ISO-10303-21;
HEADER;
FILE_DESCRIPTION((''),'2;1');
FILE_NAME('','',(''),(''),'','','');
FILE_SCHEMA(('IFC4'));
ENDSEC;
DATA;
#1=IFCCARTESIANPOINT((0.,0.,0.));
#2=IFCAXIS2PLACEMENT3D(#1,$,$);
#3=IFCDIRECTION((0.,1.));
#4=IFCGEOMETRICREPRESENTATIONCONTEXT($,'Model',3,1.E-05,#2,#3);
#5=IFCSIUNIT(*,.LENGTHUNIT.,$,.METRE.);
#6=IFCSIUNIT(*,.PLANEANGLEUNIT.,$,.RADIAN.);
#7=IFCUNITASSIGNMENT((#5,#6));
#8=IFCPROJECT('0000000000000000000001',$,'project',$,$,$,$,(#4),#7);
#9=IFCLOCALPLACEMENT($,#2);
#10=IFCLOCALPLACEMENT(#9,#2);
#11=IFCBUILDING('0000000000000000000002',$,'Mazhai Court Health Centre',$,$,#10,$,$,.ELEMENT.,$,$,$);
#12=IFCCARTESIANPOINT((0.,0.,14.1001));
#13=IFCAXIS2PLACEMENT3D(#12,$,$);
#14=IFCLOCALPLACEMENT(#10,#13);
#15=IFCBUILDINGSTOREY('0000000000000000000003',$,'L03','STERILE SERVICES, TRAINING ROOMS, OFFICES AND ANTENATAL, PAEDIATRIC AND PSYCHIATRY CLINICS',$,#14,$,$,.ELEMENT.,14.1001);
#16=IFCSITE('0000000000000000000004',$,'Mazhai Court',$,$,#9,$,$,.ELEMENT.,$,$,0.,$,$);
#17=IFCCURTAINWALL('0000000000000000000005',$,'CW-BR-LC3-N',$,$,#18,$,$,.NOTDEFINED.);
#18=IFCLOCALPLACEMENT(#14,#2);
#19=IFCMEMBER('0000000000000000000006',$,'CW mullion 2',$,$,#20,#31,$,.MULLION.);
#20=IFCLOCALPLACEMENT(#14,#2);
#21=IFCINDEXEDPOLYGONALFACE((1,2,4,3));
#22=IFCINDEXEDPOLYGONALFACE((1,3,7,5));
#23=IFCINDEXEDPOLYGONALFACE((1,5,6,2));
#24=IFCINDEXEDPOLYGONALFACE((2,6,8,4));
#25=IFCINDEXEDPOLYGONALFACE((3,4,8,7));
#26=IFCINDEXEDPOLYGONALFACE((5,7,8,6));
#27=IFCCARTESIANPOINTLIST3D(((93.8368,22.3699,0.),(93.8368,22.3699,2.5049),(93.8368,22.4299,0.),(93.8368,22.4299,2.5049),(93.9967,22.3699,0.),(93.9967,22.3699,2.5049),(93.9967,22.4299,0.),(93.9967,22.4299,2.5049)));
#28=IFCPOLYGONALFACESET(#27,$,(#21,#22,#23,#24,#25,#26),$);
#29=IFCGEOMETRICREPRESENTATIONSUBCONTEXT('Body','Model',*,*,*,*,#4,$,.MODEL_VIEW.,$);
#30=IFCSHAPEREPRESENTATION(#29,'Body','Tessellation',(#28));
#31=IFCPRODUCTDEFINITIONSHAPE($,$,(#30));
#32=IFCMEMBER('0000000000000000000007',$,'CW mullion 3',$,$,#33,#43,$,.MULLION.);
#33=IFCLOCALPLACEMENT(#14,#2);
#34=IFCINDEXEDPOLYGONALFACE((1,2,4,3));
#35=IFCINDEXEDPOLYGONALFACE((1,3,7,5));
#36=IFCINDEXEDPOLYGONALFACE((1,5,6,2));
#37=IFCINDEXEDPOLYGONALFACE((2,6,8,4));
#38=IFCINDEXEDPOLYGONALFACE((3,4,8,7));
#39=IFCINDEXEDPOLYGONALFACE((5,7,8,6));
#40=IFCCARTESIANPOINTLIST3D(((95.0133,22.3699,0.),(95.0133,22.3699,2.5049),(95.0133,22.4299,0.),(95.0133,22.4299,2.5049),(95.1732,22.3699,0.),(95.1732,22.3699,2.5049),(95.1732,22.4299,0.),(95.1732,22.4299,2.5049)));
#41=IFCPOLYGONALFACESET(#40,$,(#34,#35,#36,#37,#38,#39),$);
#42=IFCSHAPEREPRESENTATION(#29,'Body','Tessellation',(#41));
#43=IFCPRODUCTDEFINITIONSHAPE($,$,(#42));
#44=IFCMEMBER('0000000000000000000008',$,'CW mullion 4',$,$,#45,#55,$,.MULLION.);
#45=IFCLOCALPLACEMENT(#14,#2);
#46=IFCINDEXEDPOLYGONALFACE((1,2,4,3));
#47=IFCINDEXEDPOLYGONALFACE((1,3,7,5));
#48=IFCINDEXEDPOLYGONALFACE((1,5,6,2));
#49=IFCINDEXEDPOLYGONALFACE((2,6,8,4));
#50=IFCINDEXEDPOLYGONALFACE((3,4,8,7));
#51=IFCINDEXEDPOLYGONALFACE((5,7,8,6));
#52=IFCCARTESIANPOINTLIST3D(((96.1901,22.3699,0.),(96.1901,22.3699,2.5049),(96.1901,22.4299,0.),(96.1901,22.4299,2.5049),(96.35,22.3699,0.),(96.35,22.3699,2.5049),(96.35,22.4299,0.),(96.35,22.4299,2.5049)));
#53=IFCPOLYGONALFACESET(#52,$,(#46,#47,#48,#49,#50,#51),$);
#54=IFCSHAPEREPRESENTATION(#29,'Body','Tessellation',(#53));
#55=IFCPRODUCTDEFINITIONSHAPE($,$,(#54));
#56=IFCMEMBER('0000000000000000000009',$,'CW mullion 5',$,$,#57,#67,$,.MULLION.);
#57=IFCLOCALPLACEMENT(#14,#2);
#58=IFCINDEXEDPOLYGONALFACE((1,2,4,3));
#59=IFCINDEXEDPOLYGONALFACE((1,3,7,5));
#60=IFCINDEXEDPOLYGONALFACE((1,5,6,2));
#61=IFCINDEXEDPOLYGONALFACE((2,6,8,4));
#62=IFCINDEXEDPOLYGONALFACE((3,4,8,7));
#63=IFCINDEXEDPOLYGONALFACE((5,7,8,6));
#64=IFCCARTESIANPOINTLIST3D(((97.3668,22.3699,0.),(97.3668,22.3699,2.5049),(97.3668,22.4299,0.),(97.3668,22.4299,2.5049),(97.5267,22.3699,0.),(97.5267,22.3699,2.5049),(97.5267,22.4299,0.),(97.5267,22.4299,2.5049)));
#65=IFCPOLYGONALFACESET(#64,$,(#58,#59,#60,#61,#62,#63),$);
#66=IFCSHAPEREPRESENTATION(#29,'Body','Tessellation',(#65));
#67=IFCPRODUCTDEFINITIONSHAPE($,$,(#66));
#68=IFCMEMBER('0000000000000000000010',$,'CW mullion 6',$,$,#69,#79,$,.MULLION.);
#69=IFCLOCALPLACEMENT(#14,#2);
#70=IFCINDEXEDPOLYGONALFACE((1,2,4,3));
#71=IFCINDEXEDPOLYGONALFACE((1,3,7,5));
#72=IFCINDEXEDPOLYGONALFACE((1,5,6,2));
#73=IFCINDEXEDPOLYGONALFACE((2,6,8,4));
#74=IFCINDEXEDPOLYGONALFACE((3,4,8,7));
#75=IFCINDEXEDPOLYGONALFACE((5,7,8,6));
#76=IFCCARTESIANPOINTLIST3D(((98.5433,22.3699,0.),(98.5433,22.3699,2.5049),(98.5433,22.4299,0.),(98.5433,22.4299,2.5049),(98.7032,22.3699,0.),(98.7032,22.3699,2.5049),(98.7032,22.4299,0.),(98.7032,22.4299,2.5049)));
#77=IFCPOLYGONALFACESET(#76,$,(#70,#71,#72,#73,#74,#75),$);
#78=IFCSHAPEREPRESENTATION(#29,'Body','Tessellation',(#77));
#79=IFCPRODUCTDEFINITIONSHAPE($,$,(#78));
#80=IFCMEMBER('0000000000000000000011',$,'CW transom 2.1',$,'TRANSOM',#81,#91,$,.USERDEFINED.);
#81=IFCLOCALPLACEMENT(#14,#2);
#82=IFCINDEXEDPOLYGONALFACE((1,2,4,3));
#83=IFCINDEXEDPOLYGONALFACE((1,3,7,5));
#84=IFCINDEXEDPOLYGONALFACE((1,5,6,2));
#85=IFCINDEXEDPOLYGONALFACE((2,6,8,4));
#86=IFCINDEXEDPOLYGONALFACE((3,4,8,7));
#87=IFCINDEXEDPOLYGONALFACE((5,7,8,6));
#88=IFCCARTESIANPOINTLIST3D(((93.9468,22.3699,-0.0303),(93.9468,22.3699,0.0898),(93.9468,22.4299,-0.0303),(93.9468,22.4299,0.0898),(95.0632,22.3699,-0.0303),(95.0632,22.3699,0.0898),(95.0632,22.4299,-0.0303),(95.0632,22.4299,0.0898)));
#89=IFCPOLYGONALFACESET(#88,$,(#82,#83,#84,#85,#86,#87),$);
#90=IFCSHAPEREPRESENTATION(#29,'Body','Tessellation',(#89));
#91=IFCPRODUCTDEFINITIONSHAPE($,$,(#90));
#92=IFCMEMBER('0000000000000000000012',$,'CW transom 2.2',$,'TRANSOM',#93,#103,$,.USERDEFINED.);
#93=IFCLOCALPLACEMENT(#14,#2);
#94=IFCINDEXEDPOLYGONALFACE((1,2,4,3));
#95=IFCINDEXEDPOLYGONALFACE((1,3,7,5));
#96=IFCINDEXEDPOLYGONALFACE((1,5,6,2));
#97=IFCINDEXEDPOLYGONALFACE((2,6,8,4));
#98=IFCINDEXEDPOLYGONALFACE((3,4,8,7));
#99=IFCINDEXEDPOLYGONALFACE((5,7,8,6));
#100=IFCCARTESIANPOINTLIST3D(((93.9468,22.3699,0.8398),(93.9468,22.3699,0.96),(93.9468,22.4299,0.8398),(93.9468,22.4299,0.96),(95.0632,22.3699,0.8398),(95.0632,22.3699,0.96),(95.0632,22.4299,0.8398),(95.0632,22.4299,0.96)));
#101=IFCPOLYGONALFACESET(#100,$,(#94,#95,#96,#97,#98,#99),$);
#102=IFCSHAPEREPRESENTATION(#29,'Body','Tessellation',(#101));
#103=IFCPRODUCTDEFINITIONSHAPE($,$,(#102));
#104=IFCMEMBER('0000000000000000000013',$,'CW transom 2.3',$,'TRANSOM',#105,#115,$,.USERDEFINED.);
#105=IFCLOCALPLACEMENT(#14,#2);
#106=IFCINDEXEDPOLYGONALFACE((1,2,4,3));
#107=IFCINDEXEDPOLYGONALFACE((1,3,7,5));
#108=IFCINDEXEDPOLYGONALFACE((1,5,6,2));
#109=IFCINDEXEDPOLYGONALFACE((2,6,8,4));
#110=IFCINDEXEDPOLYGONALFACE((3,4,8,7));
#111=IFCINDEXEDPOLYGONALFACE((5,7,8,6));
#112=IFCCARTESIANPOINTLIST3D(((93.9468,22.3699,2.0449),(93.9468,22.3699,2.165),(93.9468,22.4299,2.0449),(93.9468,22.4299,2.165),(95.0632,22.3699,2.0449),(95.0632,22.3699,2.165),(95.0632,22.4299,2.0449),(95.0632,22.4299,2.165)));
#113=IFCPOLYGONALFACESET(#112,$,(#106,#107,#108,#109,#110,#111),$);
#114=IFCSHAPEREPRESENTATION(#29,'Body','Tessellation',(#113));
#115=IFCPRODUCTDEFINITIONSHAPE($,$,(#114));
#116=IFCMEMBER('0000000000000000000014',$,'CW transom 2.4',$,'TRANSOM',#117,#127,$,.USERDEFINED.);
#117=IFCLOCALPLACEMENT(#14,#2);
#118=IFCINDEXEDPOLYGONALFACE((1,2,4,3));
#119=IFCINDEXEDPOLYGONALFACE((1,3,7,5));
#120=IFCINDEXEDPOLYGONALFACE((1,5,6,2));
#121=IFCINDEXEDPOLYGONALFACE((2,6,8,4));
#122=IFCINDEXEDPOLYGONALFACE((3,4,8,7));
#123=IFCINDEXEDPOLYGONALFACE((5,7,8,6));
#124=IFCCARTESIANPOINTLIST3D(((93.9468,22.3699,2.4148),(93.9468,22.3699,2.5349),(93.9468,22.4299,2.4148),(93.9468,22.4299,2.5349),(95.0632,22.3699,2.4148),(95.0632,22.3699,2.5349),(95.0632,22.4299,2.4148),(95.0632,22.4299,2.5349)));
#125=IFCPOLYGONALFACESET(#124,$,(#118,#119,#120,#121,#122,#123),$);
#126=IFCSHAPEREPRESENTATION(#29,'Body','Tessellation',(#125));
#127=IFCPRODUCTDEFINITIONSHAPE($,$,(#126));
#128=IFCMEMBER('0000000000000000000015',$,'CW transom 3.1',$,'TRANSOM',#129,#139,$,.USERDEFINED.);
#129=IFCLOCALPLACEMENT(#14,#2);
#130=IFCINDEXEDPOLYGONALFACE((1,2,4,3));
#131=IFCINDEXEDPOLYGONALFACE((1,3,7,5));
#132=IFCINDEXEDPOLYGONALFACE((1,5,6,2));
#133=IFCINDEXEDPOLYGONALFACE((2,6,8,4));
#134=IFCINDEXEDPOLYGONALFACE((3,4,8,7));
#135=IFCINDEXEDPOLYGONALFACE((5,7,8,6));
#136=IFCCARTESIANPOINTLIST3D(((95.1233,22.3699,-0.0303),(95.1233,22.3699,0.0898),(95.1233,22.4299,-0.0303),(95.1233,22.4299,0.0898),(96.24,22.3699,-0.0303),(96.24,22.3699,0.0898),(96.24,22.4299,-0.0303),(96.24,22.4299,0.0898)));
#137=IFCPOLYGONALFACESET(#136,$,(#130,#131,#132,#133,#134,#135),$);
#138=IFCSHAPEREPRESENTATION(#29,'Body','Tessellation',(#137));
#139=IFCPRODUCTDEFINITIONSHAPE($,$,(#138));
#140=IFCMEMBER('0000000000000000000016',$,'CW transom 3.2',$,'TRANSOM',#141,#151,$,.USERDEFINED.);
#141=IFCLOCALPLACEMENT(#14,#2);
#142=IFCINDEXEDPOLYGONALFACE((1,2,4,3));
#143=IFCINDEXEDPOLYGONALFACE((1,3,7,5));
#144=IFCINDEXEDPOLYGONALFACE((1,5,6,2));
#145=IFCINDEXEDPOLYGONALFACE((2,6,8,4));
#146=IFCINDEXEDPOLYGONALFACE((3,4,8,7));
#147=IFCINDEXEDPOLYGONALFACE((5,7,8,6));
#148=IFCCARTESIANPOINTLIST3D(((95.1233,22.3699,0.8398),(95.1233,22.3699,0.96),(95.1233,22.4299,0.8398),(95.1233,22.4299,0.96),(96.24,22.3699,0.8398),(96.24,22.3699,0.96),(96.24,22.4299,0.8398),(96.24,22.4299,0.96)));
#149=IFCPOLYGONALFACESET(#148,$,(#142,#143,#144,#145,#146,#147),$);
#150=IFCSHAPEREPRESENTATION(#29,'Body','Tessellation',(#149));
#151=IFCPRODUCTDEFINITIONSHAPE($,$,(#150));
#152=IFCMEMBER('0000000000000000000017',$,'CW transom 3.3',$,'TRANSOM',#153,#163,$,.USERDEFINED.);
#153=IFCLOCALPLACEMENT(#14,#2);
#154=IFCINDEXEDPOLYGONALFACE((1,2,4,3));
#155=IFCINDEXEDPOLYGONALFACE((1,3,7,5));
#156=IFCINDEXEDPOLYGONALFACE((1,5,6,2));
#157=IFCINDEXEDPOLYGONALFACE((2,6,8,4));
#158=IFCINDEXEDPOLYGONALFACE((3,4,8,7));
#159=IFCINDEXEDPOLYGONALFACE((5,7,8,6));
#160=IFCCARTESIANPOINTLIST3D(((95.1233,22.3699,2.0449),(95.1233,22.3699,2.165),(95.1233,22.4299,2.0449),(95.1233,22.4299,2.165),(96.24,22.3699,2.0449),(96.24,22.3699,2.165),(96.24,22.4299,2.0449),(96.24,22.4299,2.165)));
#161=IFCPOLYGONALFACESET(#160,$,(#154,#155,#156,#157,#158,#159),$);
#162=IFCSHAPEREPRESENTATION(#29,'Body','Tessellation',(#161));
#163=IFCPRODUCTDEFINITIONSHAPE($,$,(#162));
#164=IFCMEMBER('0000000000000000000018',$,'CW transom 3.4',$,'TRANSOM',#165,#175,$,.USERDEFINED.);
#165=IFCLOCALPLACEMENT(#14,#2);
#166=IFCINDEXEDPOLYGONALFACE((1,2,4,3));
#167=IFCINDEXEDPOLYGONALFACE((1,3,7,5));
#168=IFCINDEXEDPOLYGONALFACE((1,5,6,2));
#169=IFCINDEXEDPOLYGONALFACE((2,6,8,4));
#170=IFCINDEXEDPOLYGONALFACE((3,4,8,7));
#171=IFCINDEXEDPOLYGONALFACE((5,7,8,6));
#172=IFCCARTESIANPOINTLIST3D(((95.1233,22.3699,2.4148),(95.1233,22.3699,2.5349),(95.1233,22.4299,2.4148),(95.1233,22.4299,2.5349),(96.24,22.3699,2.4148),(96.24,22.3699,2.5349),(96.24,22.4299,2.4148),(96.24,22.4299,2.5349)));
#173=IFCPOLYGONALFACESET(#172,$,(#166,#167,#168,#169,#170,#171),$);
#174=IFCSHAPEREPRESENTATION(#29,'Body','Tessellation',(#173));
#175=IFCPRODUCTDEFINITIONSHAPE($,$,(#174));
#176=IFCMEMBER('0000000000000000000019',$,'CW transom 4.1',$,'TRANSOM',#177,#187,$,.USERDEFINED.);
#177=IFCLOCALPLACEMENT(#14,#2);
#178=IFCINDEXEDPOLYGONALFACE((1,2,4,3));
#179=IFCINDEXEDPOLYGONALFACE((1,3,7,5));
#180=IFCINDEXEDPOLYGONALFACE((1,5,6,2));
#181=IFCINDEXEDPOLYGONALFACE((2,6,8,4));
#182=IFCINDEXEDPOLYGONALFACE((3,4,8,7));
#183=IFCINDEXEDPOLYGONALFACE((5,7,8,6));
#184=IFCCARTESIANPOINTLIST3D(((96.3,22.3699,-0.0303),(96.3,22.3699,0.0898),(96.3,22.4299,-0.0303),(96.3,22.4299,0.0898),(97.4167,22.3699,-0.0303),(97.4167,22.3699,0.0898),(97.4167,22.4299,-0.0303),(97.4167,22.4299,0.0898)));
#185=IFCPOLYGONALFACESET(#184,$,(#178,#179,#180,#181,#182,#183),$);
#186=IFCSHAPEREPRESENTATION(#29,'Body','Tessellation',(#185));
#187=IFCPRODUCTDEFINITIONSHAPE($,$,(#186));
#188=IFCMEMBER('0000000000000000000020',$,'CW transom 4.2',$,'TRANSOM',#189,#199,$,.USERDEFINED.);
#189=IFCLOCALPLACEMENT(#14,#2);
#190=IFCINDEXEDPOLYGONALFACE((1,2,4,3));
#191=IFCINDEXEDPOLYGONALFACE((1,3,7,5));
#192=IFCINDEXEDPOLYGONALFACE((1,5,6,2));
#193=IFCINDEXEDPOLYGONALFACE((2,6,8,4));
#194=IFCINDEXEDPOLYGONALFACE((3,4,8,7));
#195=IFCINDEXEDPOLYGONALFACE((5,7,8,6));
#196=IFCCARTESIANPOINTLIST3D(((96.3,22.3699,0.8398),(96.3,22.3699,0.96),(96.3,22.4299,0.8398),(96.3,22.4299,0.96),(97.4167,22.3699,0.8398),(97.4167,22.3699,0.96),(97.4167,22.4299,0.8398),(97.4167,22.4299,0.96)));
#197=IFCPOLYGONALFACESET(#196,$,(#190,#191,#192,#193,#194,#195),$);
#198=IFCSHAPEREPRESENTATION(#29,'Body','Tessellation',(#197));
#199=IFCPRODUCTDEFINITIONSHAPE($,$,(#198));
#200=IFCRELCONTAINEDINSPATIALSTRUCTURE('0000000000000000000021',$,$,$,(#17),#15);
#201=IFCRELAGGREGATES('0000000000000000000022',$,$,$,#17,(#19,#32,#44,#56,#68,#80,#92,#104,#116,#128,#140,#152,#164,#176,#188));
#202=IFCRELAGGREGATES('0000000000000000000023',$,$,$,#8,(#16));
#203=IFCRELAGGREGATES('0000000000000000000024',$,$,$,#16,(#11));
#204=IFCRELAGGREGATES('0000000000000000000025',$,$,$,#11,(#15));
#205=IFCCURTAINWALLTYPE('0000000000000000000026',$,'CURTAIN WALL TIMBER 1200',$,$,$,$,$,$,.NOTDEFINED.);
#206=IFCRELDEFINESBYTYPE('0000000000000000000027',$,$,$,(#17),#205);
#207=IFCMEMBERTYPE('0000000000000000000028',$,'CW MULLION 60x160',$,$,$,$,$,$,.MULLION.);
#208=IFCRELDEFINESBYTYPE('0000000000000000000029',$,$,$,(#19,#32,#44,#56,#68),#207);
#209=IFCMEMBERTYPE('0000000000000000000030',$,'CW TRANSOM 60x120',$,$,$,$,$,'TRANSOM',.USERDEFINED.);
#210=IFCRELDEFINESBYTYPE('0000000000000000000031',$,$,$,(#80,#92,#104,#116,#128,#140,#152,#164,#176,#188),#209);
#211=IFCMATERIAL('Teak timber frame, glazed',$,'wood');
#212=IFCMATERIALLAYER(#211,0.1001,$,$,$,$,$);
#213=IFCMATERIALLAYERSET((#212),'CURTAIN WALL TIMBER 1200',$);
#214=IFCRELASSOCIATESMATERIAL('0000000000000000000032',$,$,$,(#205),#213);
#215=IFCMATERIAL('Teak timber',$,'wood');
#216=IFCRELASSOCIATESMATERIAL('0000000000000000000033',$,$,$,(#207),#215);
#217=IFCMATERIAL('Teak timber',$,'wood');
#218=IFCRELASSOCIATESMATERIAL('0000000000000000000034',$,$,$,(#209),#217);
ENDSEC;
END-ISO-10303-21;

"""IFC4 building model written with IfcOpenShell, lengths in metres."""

from ifc_helpers import new_model, si_unit, direction, frame, origin, origin_2d, place, context, subcontext, project, spatial, rectangle, extrude, material, layer, layer_set, material_profile, profile_set, type_object, element, aggregate, save


model = new_model("IFC4")

# Units and contexts
model_context = context("Model", 3, precision=1e-05, world=origin(), true_north=direction((0.0, 1.0)))
body_context = subcontext(model_context, "Body", "Model", "MODEL_VIEW")
ifc_project = project(units=[si_unit("LENGTHUNIT", "METRE"), si_unit("PLANEANGLEUNIT", "RADIAN")], contexts=[model_context])

# Site, building, storey
site_placement = place(None, origin())
site = spatial("IfcSite", under=ifc_project, at=site_placement, Name="Mazhai Court", CompositionType="ELEMENT", RefElevation=0.0)
building_placement = place(site_placement, origin())
building = spatial("IfcBuilding", under=site, at=building_placement, Name="Mazhai Court Health Centre", CompositionType="ELEMENT")
storey_placement = place(building_placement, frame((0.0, 0.0, 14.1001)))
storey = spatial("IfcBuildingStorey", under=building, at=storey_placement, Name="L03", Description="STERILE SERVICES, TRAINING ROOMS, OFFICES AND ANTENATAL, PAEDIATRIC AND PSYCHIATRY CLINICS", CompositionType="ELEMENT", Elevation=14.1001)

# Curtain wall, members
ifc_material_1 = material(Name="Teak timber frame, glazed", Category="wood")
ifc_layer_1 = layer(ifc_material_1, 0.1001)
ifc_layer_set_1 = layer_set([ifc_layer_1], Name="CURTAIN WALL TIMBER 1200")
curtain_wall_type = type_object("IfcCurtainWallType", Name="CURTAIN WALL TIMBER 1200", PredefinedType="NOTDEFINED", material=ifc_layer_set_1)
curtain_wall_placement = place(storey_placement, origin())
curtain_wall = element("IfcCurtainWall", 1, at=curtain_wall_placement, inside=storey, type_object=curtain_wall_type, Name="CW-BR-LC3-N", PredefinedType="NOTDEFINED")
ifc_material_2 = material(Name="Teak timber", Category="wood")
ifc_material_profile_1 = material_profile(ifc_material_2, rectangle(XDim=0.0601, YDim=0.1599, at=origin_2d()), Name="CW MULLION 60x160")
ifc_profile_set_1 = profile_set([ifc_material_profile_1], Name="Teak timber")
member_type_1 = type_object("IfcMemberType", Name="CW MULLION 60x160", PredefinedType="MULLION", material=ifc_profile_set_1)
member_1_placement = place(storey_placement, frame((93.9167, 22.3999, 0.0), z_axis=(0.0, 0.0, 1.0), x_axis=(0.0, 1.0, 0.0)))
member_1 = element("IfcMember", 2, at=member_1_placement, type_object=member_type_1, Name="CW mullion 2", PredefinedType="MULLION", context=body_context, shape_type="SweptSolid", body=[
    extrude(rectangle(XDim=0.0601, YDim=0.1599, at=origin_2d()), origin(), (0.0, 0.0, 1.0), 2.5049),
])
member_2_placement = place(storey_placement, frame((95.0933, 22.3999, 0.0), z_axis=(0.0, 0.0, 1.0), x_axis=(0.0, 1.0, 0.0)))
member_2 = element("IfcMember", 3, at=member_2_placement, type_object=member_type_1, Name="CW mullion 3", PredefinedType="MULLION", context=body_context, shape_type="SweptSolid", body=[
    extrude(rectangle(XDim=0.0601, YDim=0.1599, at=origin_2d()), origin(), (0.0, 0.0, 1.0), 2.5049),
])
member_3_placement = place(storey_placement, frame((96.27, 22.3999, 0.0), z_axis=(0.0, 0.0, 1.0), x_axis=(0.0, 1.0, 0.0)))
member_3 = element("IfcMember", 4, at=member_3_placement, type_object=member_type_1, Name="CW mullion 4", PredefinedType="MULLION", context=body_context, shape_type="SweptSolid", body=[
    extrude(rectangle(XDim=0.0601, YDim=0.1599, at=origin_2d()), origin(), (0.0, 0.0, 1.0), 2.5049),
])
member_4_placement = place(storey_placement, frame((97.4468, 22.3999, 0.0), z_axis=(0.0, 0.0, 1.0), x_axis=(0.0, 1.0, 0.0)))
member_4 = element("IfcMember", 5, at=member_4_placement, type_object=member_type_1, Name="CW mullion 5", PredefinedType="MULLION", context=body_context, shape_type="SweptSolid", body=[
    extrude(rectangle(XDim=0.0601, YDim=0.1599, at=origin_2d()), origin(), (0.0, 0.0, 1.0), 2.5049),
])
member_5_placement = place(storey_placement, frame((98.6233, 22.3999, 0.0), z_axis=(0.0, 0.0, 1.0), x_axis=(0.0, 1.0, 0.0)))
member_5 = element("IfcMember", 6, at=member_5_placement, type_object=member_type_1, Name="CW mullion 6", PredefinedType="MULLION", context=body_context, shape_type="SweptSolid", body=[
    extrude(rectangle(XDim=0.0601, YDim=0.1599, at=origin_2d()), origin(), (0.0, 0.0, 1.0), 2.5049),
])
ifc_material_3 = material(Name="Teak timber", Category="wood")
ifc_material_profile_2 = material_profile(ifc_material_3, rectangle(XDim=0.0601, YDim=0.1201, at=origin_2d()), Name="CW TRANSOM 60x120")
ifc_profile_set_2 = profile_set([ifc_material_profile_2], Name="Teak timber")
member_type_2 = type_object("IfcMemberType", Name="CW TRANSOM 60x120", ElementType="TRANSOM", PredefinedType="USERDEFINED", material=ifc_profile_set_2)
member_6_placement = place(storey_placement, frame((93.9468, 22.3999, 0.0298), z_axis=(1.0, 0.0, 0.0), x_axis=(0.0, 1.0, 0.0)))
member_6 = element("IfcMember", 7, at=member_6_placement, type_object=member_type_2, Name="CW transom 2.1", ObjectType="TRANSOM", PredefinedType="USERDEFINED", context=body_context, shape_type="SweptSolid", body=[
    extrude(rectangle(XDim=0.0601, YDim=0.1201, at=origin_2d()), origin(), (0.0, 0.0, 1.0), 1.1165),
])
member_7_placement = place(storey_placement, frame((93.9468, 22.3999, 0.8999), z_axis=(1.0, 0.0, 0.0), x_axis=(0.0, 1.0, 0.0)))
member_7 = element("IfcMember", 8, at=member_7_placement, type_object=member_type_2, Name="CW transom 2.2", ObjectType="TRANSOM", PredefinedType="USERDEFINED", context=body_context, shape_type="SweptSolid", body=[
    extrude(rectangle(XDim=0.0601, YDim=0.1201, at=origin_2d()), origin(), (0.0, 0.0, 1.0), 1.1165),
])
member_8_placement = place(storey_placement, frame((93.9468, 22.3999, 2.105), z_axis=(1.0, 0.0, 0.0), x_axis=(0.0, 1.0, 0.0)))
member_8 = element("IfcMember", 9, at=member_8_placement, type_object=member_type_2, Name="CW transom 2.3", ObjectType="TRANSOM", PredefinedType="USERDEFINED", context=body_context, shape_type="SweptSolid", body=[
    extrude(rectangle(XDim=0.0601, YDim=0.1201, at=origin_2d()), origin(), (0.0, 0.0, 1.0), 1.1165),
])
member_9_placement = place(storey_placement, frame((93.9468, 22.3999, 2.4749), z_axis=(1.0, 0.0, 0.0), x_axis=(0.0, 1.0, 0.0)))
member_9 = element("IfcMember", 10, at=member_9_placement, type_object=member_type_2, Name="CW transom 2.4", ObjectType="TRANSOM", PredefinedType="USERDEFINED", context=body_context, shape_type="SweptSolid", body=[
    extrude(rectangle(XDim=0.0601, YDim=0.1201, at=origin_2d()), origin(), (0.0, 0.0, 1.0), 1.1165),
])
member_10_placement = place(storey_placement, frame((95.1233, 22.3999, 0.0298), z_axis=(1.0, 0.0, 0.0), x_axis=(0.0, 1.0, 0.0)))
member_10 = element("IfcMember", 11, at=member_10_placement, type_object=member_type_2, Name="CW transom 3.1", ObjectType="TRANSOM", PredefinedType="USERDEFINED", context=body_context, shape_type="SweptSolid", body=[
    extrude(rectangle(XDim=0.0601, YDim=0.1201, at=origin_2d()), origin(), (0.0, 0.0, 1.0), 1.1167),
])
member_11_placement = place(storey_placement, frame((95.1233, 22.3999, 0.8999), z_axis=(1.0, 0.0, 0.0), x_axis=(0.0, 1.0, 0.0)))
member_11 = element("IfcMember", 12, at=member_11_placement, type_object=member_type_2, Name="CW transom 3.2", ObjectType="TRANSOM", PredefinedType="USERDEFINED", context=body_context, shape_type="SweptSolid", body=[
    extrude(rectangle(XDim=0.0601, YDim=0.1201, at=origin_2d()), origin(), (0.0, 0.0, 1.0), 1.1167),
])
member_12_placement = place(storey_placement, frame((95.1233, 22.3999, 2.105), z_axis=(1.0, 0.0, 0.0), x_axis=(0.0, 1.0, 0.0)))
member_12 = element("IfcMember", 13, at=member_12_placement, type_object=member_type_2, Name="CW transom 3.3", ObjectType="TRANSOM", PredefinedType="USERDEFINED", context=body_context, shape_type="SweptSolid", body=[
    extrude(rectangle(XDim=0.0601, YDim=0.1201, at=origin_2d()), origin(), (0.0, 0.0, 1.0), 1.1167),
])
member_13_placement = place(storey_placement, frame((95.1233, 22.3999, 2.4749), z_axis=(1.0, 0.0, 0.0), x_axis=(0.0, 1.0, 0.0)))
member_13 = element("IfcMember", 14, at=member_13_placement, type_object=member_type_2, Name="CW transom 3.4", ObjectType="TRANSOM", PredefinedType="USERDEFINED", context=body_context, shape_type="SweptSolid", body=[
    extrude(rectangle(XDim=0.0601, YDim=0.1201, at=origin_2d()), origin(), (0.0, 0.0, 1.0), 1.1167),
])
member_14_placement = place(storey_placement, frame((96.3, 22.3999, 0.0298), z_axis=(1.0, 0.0, 0.0), x_axis=(0.0, 1.0, 0.0)))
member_14 = element("IfcMember", 15, at=member_14_placement, type_object=member_type_2, Name="CW transom 4.1", ObjectType="TRANSOM", PredefinedType="USERDEFINED", context=body_context, shape_type="SweptSolid", body=[
    extrude(rectangle(XDim=0.0601, YDim=0.1201, at=origin_2d()), origin(), (0.0, 0.0, 1.0), 1.1167),
])
member_15_placement = place(storey_placement, frame((96.3, 22.3999, 0.8999), z_axis=(1.0, 0.0, 0.0), x_axis=(0.0, 1.0, 0.0)))
member_15 = element("IfcMember", 16, at=member_15_placement, type_object=member_type_2, Name="CW transom 4.2", ObjectType="TRANSOM", PredefinedType="USERDEFINED", context=body_context, shape_type="SweptSolid", body=[
    extrude(rectangle(XDim=0.0601, YDim=0.1201, at=origin_2d()), origin(), (0.0, 0.0, 1.0), 1.1167),
])
aggregate(curtain_wall, [member_1, member_2, member_3, member_4, member_5, member_6, member_7, member_8, member_9, member_10, member_11, member_12, member_13, member_14, member_15])

save(model, "model.ifc")
